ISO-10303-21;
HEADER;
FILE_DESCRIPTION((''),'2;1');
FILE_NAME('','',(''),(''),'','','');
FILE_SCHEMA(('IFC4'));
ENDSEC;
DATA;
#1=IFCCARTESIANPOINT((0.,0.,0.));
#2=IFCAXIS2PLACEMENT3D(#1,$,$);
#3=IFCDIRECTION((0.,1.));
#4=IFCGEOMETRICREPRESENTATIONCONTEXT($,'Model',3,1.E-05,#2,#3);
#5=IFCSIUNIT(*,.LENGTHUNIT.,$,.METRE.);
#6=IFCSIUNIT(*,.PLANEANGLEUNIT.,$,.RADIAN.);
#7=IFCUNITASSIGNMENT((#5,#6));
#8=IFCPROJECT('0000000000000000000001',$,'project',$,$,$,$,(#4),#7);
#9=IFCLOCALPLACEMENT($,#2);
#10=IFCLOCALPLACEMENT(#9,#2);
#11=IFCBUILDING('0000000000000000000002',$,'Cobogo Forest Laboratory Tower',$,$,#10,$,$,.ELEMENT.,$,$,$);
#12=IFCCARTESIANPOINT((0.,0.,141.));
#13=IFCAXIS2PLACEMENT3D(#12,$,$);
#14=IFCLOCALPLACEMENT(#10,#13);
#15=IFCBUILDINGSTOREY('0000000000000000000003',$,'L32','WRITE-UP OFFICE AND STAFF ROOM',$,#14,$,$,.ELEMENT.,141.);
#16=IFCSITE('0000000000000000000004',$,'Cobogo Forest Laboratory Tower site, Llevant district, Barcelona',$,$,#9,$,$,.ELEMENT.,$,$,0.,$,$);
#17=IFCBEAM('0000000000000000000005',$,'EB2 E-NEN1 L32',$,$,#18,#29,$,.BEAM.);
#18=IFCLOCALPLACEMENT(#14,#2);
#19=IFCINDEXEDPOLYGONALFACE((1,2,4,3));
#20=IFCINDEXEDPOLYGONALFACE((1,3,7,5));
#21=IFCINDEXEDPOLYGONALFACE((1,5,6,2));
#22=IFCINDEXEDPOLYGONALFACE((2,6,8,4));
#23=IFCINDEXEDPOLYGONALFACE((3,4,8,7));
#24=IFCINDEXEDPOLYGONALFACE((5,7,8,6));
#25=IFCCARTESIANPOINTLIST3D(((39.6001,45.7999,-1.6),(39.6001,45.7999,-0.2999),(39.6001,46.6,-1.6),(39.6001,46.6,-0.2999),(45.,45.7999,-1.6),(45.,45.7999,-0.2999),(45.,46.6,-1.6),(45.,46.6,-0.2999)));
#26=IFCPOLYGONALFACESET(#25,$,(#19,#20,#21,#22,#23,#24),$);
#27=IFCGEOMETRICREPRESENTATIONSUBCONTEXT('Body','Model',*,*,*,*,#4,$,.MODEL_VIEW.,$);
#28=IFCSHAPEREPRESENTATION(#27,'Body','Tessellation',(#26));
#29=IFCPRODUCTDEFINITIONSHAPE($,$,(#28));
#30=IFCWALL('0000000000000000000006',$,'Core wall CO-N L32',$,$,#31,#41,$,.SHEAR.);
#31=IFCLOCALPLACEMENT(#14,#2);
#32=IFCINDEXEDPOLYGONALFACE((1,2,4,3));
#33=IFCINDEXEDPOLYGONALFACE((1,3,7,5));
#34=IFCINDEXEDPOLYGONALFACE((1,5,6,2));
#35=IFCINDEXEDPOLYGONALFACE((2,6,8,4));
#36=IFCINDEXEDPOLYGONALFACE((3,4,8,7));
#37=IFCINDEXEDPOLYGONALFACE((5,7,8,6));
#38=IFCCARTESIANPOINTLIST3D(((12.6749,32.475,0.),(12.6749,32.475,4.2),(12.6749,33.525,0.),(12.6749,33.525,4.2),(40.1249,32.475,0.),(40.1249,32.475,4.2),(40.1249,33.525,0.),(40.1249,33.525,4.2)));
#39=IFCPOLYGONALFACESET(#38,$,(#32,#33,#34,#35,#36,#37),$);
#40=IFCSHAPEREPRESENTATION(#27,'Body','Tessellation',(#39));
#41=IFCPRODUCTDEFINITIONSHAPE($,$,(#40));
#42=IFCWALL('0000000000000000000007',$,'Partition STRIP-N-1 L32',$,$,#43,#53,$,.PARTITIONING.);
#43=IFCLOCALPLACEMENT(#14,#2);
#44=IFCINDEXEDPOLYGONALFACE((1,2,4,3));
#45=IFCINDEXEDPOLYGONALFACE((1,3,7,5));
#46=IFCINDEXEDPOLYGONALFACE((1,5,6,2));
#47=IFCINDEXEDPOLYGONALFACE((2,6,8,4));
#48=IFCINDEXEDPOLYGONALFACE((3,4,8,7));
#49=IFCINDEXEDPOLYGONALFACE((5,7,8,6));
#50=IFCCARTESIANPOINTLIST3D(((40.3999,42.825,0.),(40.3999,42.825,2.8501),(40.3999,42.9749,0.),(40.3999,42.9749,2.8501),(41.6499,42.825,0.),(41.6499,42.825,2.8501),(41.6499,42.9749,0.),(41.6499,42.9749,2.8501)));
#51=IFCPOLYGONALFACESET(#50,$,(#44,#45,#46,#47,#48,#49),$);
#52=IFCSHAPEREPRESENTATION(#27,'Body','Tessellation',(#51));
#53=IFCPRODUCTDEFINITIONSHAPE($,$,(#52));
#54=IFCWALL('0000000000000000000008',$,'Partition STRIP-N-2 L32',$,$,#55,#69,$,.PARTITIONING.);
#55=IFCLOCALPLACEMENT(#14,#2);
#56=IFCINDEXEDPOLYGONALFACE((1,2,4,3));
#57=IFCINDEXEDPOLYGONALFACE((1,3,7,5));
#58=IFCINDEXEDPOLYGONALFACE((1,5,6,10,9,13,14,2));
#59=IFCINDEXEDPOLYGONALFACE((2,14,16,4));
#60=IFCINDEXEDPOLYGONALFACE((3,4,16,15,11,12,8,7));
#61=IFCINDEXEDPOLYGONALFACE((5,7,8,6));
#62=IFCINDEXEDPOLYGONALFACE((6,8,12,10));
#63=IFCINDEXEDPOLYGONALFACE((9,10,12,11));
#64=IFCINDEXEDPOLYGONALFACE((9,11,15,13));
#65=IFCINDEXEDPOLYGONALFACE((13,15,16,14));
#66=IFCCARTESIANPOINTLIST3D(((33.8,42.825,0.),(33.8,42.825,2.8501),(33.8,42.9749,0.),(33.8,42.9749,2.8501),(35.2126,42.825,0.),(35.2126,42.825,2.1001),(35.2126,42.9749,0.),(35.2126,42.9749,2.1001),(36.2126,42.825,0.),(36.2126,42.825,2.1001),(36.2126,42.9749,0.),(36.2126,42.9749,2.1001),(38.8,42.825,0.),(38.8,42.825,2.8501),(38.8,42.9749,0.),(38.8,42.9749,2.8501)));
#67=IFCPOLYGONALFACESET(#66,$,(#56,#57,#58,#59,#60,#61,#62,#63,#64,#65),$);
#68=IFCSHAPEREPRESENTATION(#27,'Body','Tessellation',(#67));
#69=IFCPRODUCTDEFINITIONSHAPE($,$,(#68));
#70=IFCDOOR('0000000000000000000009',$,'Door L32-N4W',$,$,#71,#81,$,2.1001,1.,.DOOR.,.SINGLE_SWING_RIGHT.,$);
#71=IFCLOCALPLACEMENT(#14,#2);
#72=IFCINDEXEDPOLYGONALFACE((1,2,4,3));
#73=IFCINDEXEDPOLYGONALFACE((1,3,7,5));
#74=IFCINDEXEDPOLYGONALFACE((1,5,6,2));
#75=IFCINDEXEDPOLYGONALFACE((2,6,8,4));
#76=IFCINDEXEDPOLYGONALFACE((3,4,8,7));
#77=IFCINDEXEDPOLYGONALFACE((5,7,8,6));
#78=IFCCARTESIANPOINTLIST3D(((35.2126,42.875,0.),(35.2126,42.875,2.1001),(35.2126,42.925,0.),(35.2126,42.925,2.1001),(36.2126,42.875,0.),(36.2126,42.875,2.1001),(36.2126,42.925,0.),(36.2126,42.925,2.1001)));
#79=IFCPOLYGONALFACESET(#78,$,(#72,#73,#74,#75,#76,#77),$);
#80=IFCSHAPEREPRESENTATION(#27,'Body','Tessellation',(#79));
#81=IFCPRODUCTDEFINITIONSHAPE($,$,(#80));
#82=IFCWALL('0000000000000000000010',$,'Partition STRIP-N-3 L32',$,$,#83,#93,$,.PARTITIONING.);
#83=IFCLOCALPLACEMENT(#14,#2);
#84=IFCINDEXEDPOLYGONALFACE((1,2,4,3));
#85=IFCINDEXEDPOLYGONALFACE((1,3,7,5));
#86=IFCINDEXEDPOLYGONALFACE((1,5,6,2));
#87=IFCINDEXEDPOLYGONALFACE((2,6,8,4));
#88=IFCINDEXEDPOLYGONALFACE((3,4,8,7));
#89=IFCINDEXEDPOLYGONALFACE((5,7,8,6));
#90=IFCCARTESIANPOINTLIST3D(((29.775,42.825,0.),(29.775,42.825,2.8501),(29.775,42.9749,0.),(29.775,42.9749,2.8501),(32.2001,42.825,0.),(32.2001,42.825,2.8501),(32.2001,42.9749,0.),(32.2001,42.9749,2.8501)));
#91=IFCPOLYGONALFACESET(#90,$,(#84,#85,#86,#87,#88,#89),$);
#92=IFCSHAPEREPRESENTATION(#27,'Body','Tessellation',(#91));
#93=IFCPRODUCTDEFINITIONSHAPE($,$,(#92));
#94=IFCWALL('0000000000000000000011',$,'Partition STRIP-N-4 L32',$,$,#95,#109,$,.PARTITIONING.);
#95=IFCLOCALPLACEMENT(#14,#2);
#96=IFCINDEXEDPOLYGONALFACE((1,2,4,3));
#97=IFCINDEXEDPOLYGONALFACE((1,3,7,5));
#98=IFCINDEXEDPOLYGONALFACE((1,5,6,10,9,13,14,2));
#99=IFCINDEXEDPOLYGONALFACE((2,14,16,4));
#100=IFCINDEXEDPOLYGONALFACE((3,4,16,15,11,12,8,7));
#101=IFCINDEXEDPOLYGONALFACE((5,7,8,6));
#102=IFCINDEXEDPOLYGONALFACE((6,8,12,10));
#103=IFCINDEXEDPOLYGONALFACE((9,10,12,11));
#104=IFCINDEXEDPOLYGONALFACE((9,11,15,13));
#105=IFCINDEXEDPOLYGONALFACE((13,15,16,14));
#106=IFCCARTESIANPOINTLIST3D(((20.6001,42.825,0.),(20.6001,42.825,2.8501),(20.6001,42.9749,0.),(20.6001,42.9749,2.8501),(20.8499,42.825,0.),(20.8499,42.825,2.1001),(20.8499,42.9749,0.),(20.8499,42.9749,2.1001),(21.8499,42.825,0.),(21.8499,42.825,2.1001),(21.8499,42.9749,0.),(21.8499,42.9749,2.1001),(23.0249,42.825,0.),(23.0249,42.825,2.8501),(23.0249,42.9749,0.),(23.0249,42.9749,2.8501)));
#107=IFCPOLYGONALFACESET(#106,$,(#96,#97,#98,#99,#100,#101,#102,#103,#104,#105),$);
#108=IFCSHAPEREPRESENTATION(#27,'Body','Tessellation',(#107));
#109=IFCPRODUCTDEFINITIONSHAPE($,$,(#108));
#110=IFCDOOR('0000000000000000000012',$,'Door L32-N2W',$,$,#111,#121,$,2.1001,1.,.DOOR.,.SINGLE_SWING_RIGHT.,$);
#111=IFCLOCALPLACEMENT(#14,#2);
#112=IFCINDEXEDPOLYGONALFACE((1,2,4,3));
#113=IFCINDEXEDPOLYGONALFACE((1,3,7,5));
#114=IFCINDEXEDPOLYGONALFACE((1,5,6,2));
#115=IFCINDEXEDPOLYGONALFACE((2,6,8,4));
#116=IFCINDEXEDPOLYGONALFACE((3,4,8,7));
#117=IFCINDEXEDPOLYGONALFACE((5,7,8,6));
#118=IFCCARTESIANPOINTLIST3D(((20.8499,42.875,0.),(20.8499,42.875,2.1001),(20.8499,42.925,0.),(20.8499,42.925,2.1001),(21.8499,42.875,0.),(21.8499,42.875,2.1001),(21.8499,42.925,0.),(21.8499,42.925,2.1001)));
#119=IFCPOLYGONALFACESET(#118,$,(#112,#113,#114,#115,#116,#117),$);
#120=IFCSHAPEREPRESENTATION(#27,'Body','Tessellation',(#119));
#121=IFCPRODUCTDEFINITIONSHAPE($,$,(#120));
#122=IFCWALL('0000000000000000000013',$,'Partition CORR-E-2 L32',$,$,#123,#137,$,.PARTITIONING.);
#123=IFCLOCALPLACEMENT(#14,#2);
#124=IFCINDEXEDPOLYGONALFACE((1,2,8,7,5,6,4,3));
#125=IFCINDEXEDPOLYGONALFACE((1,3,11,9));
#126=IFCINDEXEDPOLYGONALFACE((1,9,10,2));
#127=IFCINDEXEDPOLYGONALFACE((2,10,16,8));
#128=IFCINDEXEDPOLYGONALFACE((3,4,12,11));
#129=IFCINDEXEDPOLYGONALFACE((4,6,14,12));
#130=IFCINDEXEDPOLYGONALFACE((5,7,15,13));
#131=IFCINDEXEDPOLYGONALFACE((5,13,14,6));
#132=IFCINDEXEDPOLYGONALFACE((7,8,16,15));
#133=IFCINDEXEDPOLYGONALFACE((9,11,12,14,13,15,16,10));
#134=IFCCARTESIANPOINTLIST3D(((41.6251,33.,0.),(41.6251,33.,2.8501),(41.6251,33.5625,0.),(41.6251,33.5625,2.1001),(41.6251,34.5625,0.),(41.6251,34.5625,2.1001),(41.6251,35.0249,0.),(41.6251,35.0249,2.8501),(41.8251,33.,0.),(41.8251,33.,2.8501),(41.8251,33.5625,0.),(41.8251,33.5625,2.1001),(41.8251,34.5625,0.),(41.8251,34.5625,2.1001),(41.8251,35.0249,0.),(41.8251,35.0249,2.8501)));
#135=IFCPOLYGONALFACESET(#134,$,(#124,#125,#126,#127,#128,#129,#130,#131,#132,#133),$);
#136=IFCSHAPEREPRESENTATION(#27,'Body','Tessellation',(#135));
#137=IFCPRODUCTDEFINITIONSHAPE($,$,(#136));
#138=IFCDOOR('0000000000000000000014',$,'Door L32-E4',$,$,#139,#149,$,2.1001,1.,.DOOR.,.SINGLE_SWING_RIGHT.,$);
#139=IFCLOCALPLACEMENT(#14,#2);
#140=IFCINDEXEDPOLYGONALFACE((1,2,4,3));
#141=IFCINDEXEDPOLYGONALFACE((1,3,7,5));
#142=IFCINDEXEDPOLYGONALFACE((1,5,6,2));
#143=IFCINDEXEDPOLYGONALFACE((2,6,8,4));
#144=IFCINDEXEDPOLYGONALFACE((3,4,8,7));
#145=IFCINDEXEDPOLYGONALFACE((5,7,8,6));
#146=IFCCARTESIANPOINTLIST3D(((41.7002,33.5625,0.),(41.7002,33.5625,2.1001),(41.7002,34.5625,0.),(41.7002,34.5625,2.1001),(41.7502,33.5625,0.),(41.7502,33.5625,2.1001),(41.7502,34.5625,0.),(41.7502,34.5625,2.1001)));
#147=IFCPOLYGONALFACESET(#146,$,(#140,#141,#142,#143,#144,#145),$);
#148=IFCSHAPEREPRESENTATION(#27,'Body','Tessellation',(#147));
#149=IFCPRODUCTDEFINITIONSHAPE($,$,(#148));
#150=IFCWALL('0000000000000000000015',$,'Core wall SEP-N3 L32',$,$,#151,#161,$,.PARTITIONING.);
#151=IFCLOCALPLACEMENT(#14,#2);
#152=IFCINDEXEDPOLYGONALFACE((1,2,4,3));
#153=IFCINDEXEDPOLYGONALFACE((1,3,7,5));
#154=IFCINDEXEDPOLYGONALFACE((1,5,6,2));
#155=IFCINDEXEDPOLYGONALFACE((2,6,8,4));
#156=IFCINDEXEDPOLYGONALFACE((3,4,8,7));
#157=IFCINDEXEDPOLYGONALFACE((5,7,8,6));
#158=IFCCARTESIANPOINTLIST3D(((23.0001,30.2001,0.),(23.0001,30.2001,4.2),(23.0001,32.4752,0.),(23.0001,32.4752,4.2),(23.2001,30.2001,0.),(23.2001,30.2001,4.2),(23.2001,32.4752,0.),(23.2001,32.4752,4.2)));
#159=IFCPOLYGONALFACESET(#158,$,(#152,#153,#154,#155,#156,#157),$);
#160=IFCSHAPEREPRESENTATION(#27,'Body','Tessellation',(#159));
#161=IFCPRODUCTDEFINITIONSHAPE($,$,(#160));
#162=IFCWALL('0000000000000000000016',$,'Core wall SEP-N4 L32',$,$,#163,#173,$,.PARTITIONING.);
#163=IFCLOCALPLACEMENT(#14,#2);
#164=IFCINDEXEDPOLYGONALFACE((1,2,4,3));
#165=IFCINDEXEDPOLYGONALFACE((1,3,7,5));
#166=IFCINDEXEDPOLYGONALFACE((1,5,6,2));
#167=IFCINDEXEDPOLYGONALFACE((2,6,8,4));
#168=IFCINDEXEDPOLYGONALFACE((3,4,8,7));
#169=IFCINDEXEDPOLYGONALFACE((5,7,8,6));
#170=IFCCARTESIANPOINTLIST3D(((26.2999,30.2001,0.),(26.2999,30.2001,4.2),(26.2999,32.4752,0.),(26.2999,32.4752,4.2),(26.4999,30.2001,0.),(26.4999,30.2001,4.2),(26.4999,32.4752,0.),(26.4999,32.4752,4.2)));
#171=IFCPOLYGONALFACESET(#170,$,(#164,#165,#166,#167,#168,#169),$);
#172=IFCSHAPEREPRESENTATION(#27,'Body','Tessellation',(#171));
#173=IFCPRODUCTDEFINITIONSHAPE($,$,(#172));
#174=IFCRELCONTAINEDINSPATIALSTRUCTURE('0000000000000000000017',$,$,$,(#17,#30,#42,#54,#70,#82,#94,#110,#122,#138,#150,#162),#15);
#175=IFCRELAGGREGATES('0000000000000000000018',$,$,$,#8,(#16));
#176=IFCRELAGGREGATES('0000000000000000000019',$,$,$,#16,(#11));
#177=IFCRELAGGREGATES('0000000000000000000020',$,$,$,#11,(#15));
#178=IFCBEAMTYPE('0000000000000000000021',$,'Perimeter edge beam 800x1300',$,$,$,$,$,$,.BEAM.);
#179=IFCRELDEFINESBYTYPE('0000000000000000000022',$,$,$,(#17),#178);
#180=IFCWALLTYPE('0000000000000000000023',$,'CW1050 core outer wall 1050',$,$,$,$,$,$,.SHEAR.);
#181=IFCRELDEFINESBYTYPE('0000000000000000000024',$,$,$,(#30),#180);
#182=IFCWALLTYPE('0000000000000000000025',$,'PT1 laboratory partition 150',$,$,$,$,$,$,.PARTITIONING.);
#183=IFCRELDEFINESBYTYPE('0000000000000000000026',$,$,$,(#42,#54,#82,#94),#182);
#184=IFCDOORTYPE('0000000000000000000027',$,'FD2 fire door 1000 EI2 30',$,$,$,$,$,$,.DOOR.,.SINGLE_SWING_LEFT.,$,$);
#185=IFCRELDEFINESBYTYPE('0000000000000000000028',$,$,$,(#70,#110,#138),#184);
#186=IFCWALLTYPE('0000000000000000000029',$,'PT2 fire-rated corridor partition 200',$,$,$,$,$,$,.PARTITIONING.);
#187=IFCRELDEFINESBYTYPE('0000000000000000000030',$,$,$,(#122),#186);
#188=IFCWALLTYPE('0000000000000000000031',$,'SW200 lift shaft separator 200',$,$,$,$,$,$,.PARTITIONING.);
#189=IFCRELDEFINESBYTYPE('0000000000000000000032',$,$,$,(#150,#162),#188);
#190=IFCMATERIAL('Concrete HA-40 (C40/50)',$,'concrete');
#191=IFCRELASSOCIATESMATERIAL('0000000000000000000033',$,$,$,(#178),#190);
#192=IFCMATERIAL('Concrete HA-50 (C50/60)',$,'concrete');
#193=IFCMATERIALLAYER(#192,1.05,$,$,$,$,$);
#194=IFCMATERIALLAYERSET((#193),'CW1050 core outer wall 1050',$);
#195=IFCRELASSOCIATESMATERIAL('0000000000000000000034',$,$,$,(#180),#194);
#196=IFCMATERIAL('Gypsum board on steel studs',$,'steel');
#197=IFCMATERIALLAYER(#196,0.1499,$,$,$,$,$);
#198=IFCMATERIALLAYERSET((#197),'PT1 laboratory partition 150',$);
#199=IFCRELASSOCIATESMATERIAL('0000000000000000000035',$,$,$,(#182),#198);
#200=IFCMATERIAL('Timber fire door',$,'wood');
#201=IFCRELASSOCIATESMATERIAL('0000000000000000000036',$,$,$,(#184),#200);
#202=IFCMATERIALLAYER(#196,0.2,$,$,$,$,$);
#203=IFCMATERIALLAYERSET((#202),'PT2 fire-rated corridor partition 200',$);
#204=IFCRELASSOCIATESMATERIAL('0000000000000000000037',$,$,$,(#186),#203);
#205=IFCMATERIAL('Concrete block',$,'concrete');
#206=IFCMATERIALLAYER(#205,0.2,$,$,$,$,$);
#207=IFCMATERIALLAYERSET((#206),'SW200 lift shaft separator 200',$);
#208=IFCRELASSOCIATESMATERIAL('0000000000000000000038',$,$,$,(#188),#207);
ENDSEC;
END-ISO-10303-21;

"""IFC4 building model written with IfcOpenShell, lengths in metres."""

from ifc_helpers import new_model, si_unit, direction, frame, frame_2d, origin, origin_2d, place, context, subcontext, project, spatial, rectangle, extrude, material, layer, layer_set, material_profile, profile_set, type_object, element, fill, save


model = new_model("IFC4")

# Units and contexts
model_context = context("Model", 3, precision=1e-05, world=origin(), true_north=direction((0.0, 1.0)))
body_context = subcontext(model_context, "Body", "Model", "MODEL_VIEW")
ifc_project = project(units=[si_unit("LENGTHUNIT", "METRE"), si_unit("PLANEANGLEUNIT", "RADIAN")], contexts=[model_context])

# Site, building, storey
site_placement = place(None, origin())
site = spatial("IfcSite", under=ifc_project, at=site_placement, Name="Cobogo Forest Laboratory Tower site, Llevant district, Barcelona", CompositionType="ELEMENT", RefElevation=0.0)
building_placement = place(site_placement, origin())
building = spatial("IfcBuilding", under=site, at=building_placement, Name="Cobogo Forest Laboratory Tower", CompositionType="ELEMENT")
storey_placement = place(building_placement, frame((0.0, 0.0, 141.0)))
storey = spatial("IfcBuildingStorey", under=building, at=storey_placement, Name="L32", Description="WRITE-UP OFFICE AND STAFF ROOM", CompositionType="ELEMENT", Elevation=141.0)

# Shared definitions
ifc_material_1 = material(Name="Concrete HA-50 (C50/60)", Category="concrete")

# Beam
ifc_material_2 = material(Name="Concrete HA-40 (C40/50)", Category="concrete")
ifc_material_profile_1 = material_profile(ifc_material_2, rectangle(XDim=0.8, YDim=1.3, at=origin_2d()), Name="RC 800x1300")
ifc_profile_set_1 = profile_set([ifc_material_profile_1], Name="Concrete HA-40 (C40/50)")
beam_type_1 = type_object("IfcBeamType", Name="Perimeter edge beam 800x1300", PredefinedType="BEAM", material=ifc_profile_set_1)
beam_1_placement = place(storey_placement, frame((39.6001, 46.2, -0.95), z_axis=(1.0, 0.0, 0.0), x_axis=(0.0, 1.0, 0.0)))
element("IfcBeam", 1, at=beam_1_placement, inside=storey, type_object=beam_type_1, Name="EB2 E-NEN1 L32", PredefinedType="BEAM", context=body_context, shape_type="SweptSolid", body=[
    extrude(rectangle(XDim=0.8, YDim=1.3, at=origin_2d()), origin(), (0.0, 0.0, 1.0), 5.3999),
])

# Walls
ifc_layer_1 = layer(ifc_material_1, 1.05)
ifc_layer_set_1 = layer_set([ifc_layer_1], Name="CW1050 core outer wall 1050")
wall_type_1 = type_object("IfcWallType", Name="CW1050 core outer wall 1050", PredefinedType="SHEAR", material=ifc_layer_set_1)
wall_1_placement = place(storey_placement, frame((40.125, 33.0, 0.0), z_axis=(0.0, 0.0, 1.0), x_axis=(-1.0, 0.0, 0.0)))
element("IfcWall", 2, at=wall_1_placement, inside=storey, type_object=wall_type_1, Name="Core wall CO-N L32", PredefinedType="SHEAR", context=body_context, shape_type="SweptSolid", body=[
    extrude(rectangle(XDim=27.45, YDim=1.05, at=frame_2d((13.7251, 0.0))), origin(), (0.0, 0.0, 1.0), 4.2),
])
ifc_material_3 = material(Name="Gypsum board on steel studs", Category="steel")
ifc_layer_2 = layer(ifc_material_3, 0.1499)
ifc_layer_set_2 = layer_set([ifc_layer_2], Name="PT1 laboratory partition 150")
wall_type_2 = type_object("IfcWallType", Name="PT1 laboratory partition 150", PredefinedType="PARTITIONING", material=ifc_layer_set_2)
wall_2_placement = place(storey_placement, frame((41.6499, 42.8999, 0.0), z_axis=(0.0, 0.0, 1.0), x_axis=(-1.0, 0.0, 0.0)))
element("IfcWall", 3, at=wall_2_placement, inside=storey, type_object=wall_type_2, Name="Partition STRIP-N-1 L32", PredefinedType="PARTITIONING", context=body_context, shape_type="SweptSolid", body=[
    extrude(rectangle(XDim=1.25, YDim=0.1499, at=frame_2d((0.625, 0.0))), origin(), (0.0, 0.0, 1.0), 2.8501),
])

# Wall, opening, door
wall_3_placement = place(storey_placement, frame((38.8, 42.8999, 0.0), z_axis=(0.0, 0.0, 1.0), x_axis=(-1.0, 0.0, 0.0)))
wall_3 = element("IfcWall", 4, at=wall_3_placement, inside=storey, type_object=wall_type_2, Name="Partition STRIP-N-2 L32", PredefinedType="PARTITIONING", context=body_context, shape_type="SweptSolid", body=[
    extrude(rectangle(XDim=5.0, YDim=0.1499, at=frame_2d((2.5, 0.0))), origin(), (0.0, 0.0, 1.0), 2.8501),
])
opening_1_placement = place(wall_3_placement, frame((2.5874, 0.0, 0.0)))
opening_1 = element("IfcOpeningElement", 5, at=opening_1_placement, cuts=wall_3, PredefinedType="OPENING", context=body_context, shape_type="SweptSolid", body=[
    extrude(rectangle(XDim=1.0, YDim=2.1001, at=frame_2d((0.5, 1.05))), frame((0.0, 0.085, 0.0), z_axis=(0.0, -1.0, 0.0), x_axis=(1.0, 0.0, 0.0)), (0.0, 0.0, 1.0), 0.1699),
])
ifc_material_4 = material(Name="Timber fire door", Category="wood")
door_type = type_object("IfcDoorType", Name="FD2 fire door 1000 EI2 30", OperationType="SINGLE_SWING_LEFT", PredefinedType="DOOR", material=ifc_material_4)
door_1_placement = place(opening_1_placement, origin())
door_1 = element("IfcDoor", 6, at=door_1_placement, inside=storey, type_object=door_type, Name="Door L32-N4W", OperationType="SINGLE_SWING_RIGHT", OverallHeight=2.1001, OverallWidth=1.0, PredefinedType="DOOR", context=body_context, shape_type="SweptSolid", body=[
    extrude(rectangle(XDim=1.0, YDim=2.1001, at=frame_2d((0.5, 1.05))), frame((0.0, 0.0249, 0.0), z_axis=(0.0, -1.0, 0.0), x_axis=(1.0, 0.0, 0.0)), (0.0, 0.0, 1.0), 0.05),
])
fill(opening_1, door_1)

# Wall
wall_4_placement = place(storey_placement, frame((32.2, 42.8999, 0.0), z_axis=(0.0, 0.0, 1.0), x_axis=(-1.0, 0.0, 0.0)))
element("IfcWall", 7, at=wall_4_placement, inside=storey, type_object=wall_type_2, Name="Partition STRIP-N-3 L32", PredefinedType="PARTITIONING", context=body_context, shape_type="SweptSolid", body=[
    extrude(rectangle(XDim=2.425, YDim=0.1499, at=frame_2d((1.2124, 0.0))), origin(), (0.0, 0.0, 1.0), 2.8501),
])

# Walls, openings, doors
wall_5_placement = place(storey_placement, frame((23.0249, 42.8999, 0.0), z_axis=(0.0, 0.0, 1.0), x_axis=(-1.0, 0.0, 0.0)))
wall_5 = element("IfcWall", 8, at=wall_5_placement, inside=storey, type_object=wall_type_2, Name="Partition STRIP-N-4 L32", PredefinedType="PARTITIONING", context=body_context, shape_type="SweptSolid", body=[
    extrude(rectangle(XDim=2.4248, YDim=0.1499, at=frame_2d((1.2124, 0.0))), origin(), (0.0, 0.0, 1.0), 2.8501),
])
opening_2_placement = place(wall_5_placement, frame((1.175, 0.0, 0.0)))
opening_2 = element("IfcOpeningElement", 9, at=opening_2_placement, cuts=wall_5, PredefinedType="OPENING", context=body_context, shape_type="SweptSolid", body=[
    extrude(rectangle(XDim=1.0, YDim=2.1001, at=frame_2d((0.5, 1.05))), frame((0.0, 0.085, 0.0), z_axis=(0.0, -1.0, 0.0), x_axis=(1.0, 0.0, 0.0)), (0.0, 0.0, 1.0), 0.1699),
])
door_2_placement = place(opening_2_placement, origin())
door_2 = element("IfcDoor", 10, at=door_2_placement, inside=storey, type_object=door_type, Name="Door L32-N2W", OperationType="SINGLE_SWING_RIGHT", OverallHeight=2.1001, OverallWidth=1.0, PredefinedType="DOOR", context=body_context, shape_type="SweptSolid", body=[
    extrude(rectangle(XDim=1.0, YDim=2.1001, at=frame_2d((0.5, 1.05))), frame((0.0, 0.0249, 0.0), z_axis=(0.0, -1.0, 0.0), x_axis=(1.0, 0.0, 0.0)), (0.0, 0.0, 1.0), 0.05),
])
fill(opening_2, door_2)
ifc_layer_3 = layer(ifc_material_3, 0.2)
ifc_layer_set_3 = layer_set([ifc_layer_3], Name="PT2 fire-rated corridor partition 200")
wall_type_3 = type_object("IfcWallType", Name="PT2 fire-rated corridor partition 200", PredefinedType="PARTITIONING", material=ifc_layer_set_3)
wall_6_placement = place(storey_placement, frame((41.7251, 33.0, 0.0), z_axis=(0.0, 0.0, 1.0), x_axis=(0.0, 1.0, 0.0)))
wall_6 = element("IfcWall", 11, at=wall_6_placement, inside=storey, type_object=wall_type_3, Name="Partition CORR-E-2 L32", PredefinedType="PARTITIONING", context=body_context, shape_type="SweptSolid", body=[
    extrude(rectangle(XDim=2.0249, YDim=0.2, at=frame_2d((1.0125, 0.0))), origin(), (0.0, 0.0, 1.0), 2.8501),
])
opening_3_placement = place(wall_6_placement, frame((0.5625, 0.0, 0.0)))
opening_3 = element("IfcOpeningElement", 12, at=opening_3_placement, cuts=wall_6, PredefinedType="OPENING", context=body_context, shape_type="SweptSolid", body=[
    extrude(rectangle(XDim=1.0, YDim=2.1001, at=frame_2d((0.5, 1.05))), frame((0.0, 0.1099, 0.0), z_axis=(0.0, -1.0, 0.0), x_axis=(1.0, 0.0, 0.0)), (0.0, 0.0, 1.0), 0.22),
])
door_3_placement = place(opening_3_placement, origin())
door_3 = element("IfcDoor", 13, at=door_3_placement, inside=storey, type_object=door_type, Name="Door L32-E4", OperationType="SINGLE_SWING_RIGHT", OverallHeight=2.1001, OverallWidth=1.0, PredefinedType="DOOR", context=body_context, shape_type="SweptSolid", body=[
    extrude(rectangle(XDim=1.0, YDim=2.1001, at=frame_2d((0.5, 1.05))), frame((0.0, 0.0249, 0.0), z_axis=(0.0, -1.0, 0.0), x_axis=(1.0, 0.0, 0.0)), (0.0, 0.0, 1.0), 0.05),
])
fill(opening_3, door_3)

# Walls
ifc_material_5 = material(Name="Concrete block", Category="concrete")
ifc_layer_4 = layer(ifc_material_5, 0.2)
ifc_layer_set_4 = layer_set([ifc_layer_4], Name="SW200 lift shaft separator 200")
wall_type_4 = type_object("IfcWallType", Name="SW200 lift shaft separator 200", PredefinedType="PARTITIONING", material=ifc_layer_set_4)
for number, where, z_axis, x_axis, name in (
    (14, (23.1001, 30.2, 0.0), (0.0, 0.0, 1.0), (0.0, 1.0, 0.0), "Core wall SEP-N3 L32"),
    (15, (26.3999, 30.2, 0.0), (0.0, 0.0, 1.0), (0.0, 1.0, 0.0), "Core wall SEP-N4 L32"),
):
    element("IfcWall", number, at=place(storey_placement, frame(where, z_axis=z_axis, x_axis=x_axis)), inside=storey, type_object=wall_type_4, Name=name, PredefinedType="PARTITIONING", context=body_context, shape_type="SweptSolid", body=[
        extrude(rectangle(XDim=2.2751, YDim=0.2, at=frame_2d((1.1377, 0.0))), origin(), (0.0, 0.0, 1.0), 4.2),
    ])

save(model, "model.ifc")
